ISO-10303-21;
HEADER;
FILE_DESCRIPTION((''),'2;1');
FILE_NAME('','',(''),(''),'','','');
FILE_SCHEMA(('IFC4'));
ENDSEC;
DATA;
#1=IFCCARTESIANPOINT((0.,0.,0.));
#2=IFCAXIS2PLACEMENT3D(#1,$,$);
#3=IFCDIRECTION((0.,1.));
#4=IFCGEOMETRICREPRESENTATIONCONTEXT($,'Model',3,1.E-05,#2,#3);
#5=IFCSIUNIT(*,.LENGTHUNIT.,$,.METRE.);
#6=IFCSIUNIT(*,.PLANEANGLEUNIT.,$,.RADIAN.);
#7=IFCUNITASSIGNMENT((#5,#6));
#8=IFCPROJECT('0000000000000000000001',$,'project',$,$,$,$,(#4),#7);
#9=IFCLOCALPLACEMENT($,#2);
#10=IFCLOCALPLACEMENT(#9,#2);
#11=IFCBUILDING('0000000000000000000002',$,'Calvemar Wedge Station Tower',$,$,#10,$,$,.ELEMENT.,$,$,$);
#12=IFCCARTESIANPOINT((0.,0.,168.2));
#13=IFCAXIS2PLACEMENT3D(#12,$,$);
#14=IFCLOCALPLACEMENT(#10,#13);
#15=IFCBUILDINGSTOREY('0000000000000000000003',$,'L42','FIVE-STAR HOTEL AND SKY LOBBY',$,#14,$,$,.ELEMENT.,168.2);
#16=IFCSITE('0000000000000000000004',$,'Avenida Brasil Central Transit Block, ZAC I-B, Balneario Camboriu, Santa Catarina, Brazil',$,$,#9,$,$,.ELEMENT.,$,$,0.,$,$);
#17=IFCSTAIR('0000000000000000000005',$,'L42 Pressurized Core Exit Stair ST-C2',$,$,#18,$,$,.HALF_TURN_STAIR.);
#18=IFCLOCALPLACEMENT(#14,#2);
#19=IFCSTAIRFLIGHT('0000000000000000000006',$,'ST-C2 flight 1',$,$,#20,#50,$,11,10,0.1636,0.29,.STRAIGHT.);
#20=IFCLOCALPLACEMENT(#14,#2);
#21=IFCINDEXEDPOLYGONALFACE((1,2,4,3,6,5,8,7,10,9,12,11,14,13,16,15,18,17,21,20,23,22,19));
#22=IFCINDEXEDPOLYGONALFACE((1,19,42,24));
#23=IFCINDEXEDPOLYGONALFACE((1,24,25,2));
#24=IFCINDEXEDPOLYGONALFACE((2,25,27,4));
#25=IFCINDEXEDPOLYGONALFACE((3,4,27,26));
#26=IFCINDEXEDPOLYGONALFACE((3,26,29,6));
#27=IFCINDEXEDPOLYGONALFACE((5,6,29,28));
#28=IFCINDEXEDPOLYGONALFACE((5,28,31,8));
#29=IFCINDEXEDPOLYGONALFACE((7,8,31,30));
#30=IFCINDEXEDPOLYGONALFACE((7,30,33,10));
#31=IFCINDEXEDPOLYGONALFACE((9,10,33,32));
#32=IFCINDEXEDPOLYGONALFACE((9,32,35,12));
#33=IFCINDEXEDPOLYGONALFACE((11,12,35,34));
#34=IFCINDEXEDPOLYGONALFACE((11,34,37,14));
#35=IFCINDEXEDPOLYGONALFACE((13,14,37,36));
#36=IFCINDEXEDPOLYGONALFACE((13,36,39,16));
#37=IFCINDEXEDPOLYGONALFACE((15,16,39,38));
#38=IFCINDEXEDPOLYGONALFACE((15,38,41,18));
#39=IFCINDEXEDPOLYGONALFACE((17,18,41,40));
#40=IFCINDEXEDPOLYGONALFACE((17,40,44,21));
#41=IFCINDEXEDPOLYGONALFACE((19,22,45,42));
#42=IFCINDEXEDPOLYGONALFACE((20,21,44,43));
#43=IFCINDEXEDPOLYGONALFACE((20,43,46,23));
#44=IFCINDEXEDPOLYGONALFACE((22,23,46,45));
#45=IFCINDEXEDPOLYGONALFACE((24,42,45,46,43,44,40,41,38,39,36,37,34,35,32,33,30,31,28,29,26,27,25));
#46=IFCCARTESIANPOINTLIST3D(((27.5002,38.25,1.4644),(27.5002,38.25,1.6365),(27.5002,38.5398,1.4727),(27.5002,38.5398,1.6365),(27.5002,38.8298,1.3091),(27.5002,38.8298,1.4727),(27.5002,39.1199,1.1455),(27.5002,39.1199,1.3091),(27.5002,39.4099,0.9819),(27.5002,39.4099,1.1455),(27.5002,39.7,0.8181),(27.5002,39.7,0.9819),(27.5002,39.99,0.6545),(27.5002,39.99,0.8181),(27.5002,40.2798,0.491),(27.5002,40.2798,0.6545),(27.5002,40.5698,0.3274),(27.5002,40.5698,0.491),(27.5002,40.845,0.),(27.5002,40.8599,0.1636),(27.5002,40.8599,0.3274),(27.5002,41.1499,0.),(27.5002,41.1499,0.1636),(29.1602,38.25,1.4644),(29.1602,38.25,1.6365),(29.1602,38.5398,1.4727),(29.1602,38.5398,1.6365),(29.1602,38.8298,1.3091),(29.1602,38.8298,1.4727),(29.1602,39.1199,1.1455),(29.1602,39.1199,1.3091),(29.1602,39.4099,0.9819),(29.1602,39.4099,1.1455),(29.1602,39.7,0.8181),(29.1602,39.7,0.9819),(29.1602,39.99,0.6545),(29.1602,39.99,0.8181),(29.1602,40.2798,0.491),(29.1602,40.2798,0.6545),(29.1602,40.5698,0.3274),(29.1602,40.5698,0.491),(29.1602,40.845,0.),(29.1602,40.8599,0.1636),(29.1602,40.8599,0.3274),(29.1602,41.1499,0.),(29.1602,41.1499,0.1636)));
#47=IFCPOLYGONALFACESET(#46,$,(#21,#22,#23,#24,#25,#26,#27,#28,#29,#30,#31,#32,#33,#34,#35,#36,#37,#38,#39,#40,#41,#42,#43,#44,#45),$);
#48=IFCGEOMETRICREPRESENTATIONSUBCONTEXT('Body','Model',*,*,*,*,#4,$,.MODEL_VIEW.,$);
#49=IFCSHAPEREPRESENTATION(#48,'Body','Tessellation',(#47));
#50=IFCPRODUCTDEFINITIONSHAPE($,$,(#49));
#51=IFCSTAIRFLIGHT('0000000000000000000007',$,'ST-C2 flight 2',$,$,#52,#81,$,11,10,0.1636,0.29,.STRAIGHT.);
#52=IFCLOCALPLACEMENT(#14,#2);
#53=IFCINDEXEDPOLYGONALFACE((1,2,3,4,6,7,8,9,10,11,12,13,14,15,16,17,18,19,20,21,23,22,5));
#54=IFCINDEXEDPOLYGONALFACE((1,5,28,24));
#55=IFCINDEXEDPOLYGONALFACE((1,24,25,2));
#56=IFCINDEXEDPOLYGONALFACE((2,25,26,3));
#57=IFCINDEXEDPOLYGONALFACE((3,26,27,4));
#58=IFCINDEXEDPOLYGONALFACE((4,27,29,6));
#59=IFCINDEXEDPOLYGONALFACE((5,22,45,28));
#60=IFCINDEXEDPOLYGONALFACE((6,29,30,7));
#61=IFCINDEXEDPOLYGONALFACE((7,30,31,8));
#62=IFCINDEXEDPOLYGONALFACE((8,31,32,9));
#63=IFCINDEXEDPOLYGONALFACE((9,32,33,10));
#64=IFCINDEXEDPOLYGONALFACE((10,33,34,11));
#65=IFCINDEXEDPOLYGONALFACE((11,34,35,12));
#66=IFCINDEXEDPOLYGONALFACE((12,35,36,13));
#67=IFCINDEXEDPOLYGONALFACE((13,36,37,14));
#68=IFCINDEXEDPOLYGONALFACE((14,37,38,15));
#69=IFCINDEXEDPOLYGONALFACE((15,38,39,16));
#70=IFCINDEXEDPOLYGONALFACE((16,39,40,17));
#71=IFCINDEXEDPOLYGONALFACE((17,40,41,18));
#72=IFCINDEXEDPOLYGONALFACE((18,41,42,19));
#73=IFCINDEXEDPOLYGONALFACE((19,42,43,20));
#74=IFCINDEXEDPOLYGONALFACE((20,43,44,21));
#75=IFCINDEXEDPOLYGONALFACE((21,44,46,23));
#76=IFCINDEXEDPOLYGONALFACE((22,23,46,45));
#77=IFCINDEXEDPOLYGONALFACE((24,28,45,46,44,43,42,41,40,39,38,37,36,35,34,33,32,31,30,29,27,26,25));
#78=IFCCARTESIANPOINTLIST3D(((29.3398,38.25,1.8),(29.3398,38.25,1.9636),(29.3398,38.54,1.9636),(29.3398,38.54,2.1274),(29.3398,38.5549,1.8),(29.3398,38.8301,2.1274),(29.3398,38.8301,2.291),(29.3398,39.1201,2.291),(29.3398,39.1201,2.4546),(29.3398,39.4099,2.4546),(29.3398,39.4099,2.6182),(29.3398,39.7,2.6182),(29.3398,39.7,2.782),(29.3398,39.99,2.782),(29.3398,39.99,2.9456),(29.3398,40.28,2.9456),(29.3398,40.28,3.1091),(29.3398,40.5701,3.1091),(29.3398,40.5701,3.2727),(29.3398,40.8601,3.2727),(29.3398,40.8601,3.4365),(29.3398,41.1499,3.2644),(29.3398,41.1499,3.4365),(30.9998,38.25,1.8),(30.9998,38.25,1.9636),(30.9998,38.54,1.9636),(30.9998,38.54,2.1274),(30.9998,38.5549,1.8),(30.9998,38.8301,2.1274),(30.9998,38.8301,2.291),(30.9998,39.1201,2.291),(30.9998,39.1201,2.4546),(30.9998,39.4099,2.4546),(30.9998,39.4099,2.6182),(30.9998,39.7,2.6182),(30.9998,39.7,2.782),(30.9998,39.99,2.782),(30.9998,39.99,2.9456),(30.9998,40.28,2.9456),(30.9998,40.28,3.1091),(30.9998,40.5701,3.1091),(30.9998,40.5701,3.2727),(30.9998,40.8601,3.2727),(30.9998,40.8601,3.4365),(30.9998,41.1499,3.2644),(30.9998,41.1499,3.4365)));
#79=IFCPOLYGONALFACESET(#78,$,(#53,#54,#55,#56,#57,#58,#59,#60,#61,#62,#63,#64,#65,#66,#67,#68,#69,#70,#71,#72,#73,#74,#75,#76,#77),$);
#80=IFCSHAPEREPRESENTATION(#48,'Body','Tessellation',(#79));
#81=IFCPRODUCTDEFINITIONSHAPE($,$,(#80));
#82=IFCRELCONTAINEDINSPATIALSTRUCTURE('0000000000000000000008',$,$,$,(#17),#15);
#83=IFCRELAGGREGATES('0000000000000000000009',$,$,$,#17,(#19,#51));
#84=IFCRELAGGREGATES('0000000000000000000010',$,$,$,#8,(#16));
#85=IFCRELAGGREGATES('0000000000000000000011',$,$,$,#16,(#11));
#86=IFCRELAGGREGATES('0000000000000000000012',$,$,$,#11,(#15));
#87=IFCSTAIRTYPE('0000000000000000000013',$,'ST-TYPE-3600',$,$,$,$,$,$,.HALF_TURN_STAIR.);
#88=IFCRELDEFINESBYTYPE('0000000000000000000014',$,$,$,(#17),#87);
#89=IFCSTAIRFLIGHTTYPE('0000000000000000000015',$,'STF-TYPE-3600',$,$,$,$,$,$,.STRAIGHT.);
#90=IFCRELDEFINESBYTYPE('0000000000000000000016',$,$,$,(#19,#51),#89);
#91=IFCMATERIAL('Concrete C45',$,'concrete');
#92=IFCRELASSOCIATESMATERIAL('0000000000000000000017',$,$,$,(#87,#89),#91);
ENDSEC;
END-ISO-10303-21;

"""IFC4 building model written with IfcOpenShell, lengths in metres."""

from ifc_helpers import new_model, si_unit, direction, frame, origin, place, context, subcontext, project, spatial, polyline, outline, extrude, material, type_object, element, aggregate, save


model = new_model("IFC4")

# Units and contexts
model_context = context("Model", 3, precision=1e-05, world=origin(), true_north=direction((0.0, 1.0)))
body_context = subcontext(model_context, "Body", "Model", "MODEL_VIEW")
ifc_project = project(units=[si_unit("LENGTHUNIT", "METRE"), si_unit("PLANEANGLEUNIT", "RADIAN")], contexts=[model_context])

# Site, building, storey
site_placement = place(None, origin())
site = spatial("IfcSite", under=ifc_project, at=site_placement, Name="Avenida Brasil Central Transit Block, ZAC I-B, Balneario Camboriu, Santa Catarina, Brazil", CompositionType="ELEMENT", RefElevation=0.0)
building_placement = place(site_placement, origin())
building = spatial("IfcBuilding", under=site, at=building_placement, Name="Calvemar Wedge Station Tower", CompositionType="ELEMENT")
storey_placement = place(building_placement, frame((0.0, 0.0, 168.2)))
storey = spatial("IfcBuildingStorey", under=building, at=storey_placement, Name="L42", Description="FIVE-STAR HOTEL AND SKY LOBBY", CompositionType="ELEMENT", Elevation=168.2)

# Stair, stair flights
ifc_material_1 = material(Name="Concrete C45", Category="concrete")
stair_type = type_object("IfcStairType", Name="ST-TYPE-3600", PredefinedType="HALF_TURN_STAIR", material=ifc_material_1)
stair_placement = place(storey_placement, origin())
stair = element("IfcStair", 1, at=stair_placement, inside=storey, type_object=stair_type, Name="L42 Pressurized Core Exit Stair ST-C2", PredefinedType="HALF_TURN_STAIR")
stair_flight_type = type_object("IfcStairFlightType", Name="STF-TYPE-3600", PredefinedType="STRAIGHT", material=ifc_material_1)
stair_flight_1_placement = place(storey_placement, frame((28.3301, 41.1499, 0.0), z_axis=(0.0, 0.0, 1.0), x_axis=(0.0, -1.0, 0.0)))
stair_flight_1 = element("IfcStairFlight", 2, at=stair_flight_1_placement, type_object=stair_flight_type, Name="ST-C2 flight 1", NumberOfRisers=11, NumberOfTreads=10, PredefinedType="STRAIGHT", RiserHeight=0.1636, TreadLength=0.29, context=body_context, shape_type="SweptSolid", body=[
    extrude(outline(polyline([(0.0, 0.0), (0.0, 0.1636), (0.29, 0.1636), (0.29, 0.3274), (0.5801, 0.3274), (0.5801, 0.491), (0.8701, 0.491), (0.8701, 0.6545), (1.1599, 0.6545), (1.1599, 0.8181), (1.45, 0.8181), (1.45, 0.9819), (1.74, 0.9819), (1.74, 1.1455), (2.03, 1.1455), (2.03, 1.3091), (2.3201, 1.3091), (2.3201, 1.4727), (2.6101, 1.4727), (2.6101, 1.6365), (2.8999, 1.6365), (2.8999, 1.8), (2.8999, 1.4644), (0.3049, 0.0), (0.0, 0.0)])), frame((0.0, 0.8301, 0.0), z_axis=(0.0, -1.0, 0.0), x_axis=(1.0, 0.0, 0.0)), (0.0, 0.0, 1.0), 1.6599),
])
stair_flight_2_placement = place(storey_placement, frame((30.1699, 38.25, 1.8), z_axis=(0.0, 0.0, 1.0), x_axis=(0.0, 1.0, 0.0)))
stair_flight_2 = element("IfcStairFlight", 3, at=stair_flight_2_placement, type_object=stair_flight_type, Name="ST-C2 flight 2", NumberOfRisers=11, NumberOfTreads=10, PredefinedType="STRAIGHT", RiserHeight=0.1636, TreadLength=0.29, context=body_context, shape_type="SweptSolid", body=[
    extrude(outline(polyline([(0.0, 0.0), (0.0, 0.1636), (0.29, 0.1636), (0.29, 0.3274), (0.5801, 0.3274), (0.5801, 0.491), (0.8701, 0.491), (0.8701, 0.6545), (1.1599, 0.6545), (1.1599, 0.8181), (1.45, 0.8181), (1.45, 0.9819), (1.74, 0.9819), (1.74, 1.1455), (2.03, 1.1455), (2.03, 1.3091), (2.3201, 1.3091), (2.3201, 1.4727), (2.6101, 1.4727), (2.6101, 1.6365), (2.8999, 1.6365), (2.8999, 1.8), (2.8999, 1.4644), (0.3049, 0.0), (0.0, 0.0)])), frame((0.0, 0.8301, 0.0), z_axis=(0.0, -1.0, 0.0), x_axis=(1.0, 0.0, 0.0)), (0.0, 0.0, 1.0), 1.6599),
])
aggregate(stair, [stair_flight_1, stair_flight_2])

save(model, "model.ifc")
